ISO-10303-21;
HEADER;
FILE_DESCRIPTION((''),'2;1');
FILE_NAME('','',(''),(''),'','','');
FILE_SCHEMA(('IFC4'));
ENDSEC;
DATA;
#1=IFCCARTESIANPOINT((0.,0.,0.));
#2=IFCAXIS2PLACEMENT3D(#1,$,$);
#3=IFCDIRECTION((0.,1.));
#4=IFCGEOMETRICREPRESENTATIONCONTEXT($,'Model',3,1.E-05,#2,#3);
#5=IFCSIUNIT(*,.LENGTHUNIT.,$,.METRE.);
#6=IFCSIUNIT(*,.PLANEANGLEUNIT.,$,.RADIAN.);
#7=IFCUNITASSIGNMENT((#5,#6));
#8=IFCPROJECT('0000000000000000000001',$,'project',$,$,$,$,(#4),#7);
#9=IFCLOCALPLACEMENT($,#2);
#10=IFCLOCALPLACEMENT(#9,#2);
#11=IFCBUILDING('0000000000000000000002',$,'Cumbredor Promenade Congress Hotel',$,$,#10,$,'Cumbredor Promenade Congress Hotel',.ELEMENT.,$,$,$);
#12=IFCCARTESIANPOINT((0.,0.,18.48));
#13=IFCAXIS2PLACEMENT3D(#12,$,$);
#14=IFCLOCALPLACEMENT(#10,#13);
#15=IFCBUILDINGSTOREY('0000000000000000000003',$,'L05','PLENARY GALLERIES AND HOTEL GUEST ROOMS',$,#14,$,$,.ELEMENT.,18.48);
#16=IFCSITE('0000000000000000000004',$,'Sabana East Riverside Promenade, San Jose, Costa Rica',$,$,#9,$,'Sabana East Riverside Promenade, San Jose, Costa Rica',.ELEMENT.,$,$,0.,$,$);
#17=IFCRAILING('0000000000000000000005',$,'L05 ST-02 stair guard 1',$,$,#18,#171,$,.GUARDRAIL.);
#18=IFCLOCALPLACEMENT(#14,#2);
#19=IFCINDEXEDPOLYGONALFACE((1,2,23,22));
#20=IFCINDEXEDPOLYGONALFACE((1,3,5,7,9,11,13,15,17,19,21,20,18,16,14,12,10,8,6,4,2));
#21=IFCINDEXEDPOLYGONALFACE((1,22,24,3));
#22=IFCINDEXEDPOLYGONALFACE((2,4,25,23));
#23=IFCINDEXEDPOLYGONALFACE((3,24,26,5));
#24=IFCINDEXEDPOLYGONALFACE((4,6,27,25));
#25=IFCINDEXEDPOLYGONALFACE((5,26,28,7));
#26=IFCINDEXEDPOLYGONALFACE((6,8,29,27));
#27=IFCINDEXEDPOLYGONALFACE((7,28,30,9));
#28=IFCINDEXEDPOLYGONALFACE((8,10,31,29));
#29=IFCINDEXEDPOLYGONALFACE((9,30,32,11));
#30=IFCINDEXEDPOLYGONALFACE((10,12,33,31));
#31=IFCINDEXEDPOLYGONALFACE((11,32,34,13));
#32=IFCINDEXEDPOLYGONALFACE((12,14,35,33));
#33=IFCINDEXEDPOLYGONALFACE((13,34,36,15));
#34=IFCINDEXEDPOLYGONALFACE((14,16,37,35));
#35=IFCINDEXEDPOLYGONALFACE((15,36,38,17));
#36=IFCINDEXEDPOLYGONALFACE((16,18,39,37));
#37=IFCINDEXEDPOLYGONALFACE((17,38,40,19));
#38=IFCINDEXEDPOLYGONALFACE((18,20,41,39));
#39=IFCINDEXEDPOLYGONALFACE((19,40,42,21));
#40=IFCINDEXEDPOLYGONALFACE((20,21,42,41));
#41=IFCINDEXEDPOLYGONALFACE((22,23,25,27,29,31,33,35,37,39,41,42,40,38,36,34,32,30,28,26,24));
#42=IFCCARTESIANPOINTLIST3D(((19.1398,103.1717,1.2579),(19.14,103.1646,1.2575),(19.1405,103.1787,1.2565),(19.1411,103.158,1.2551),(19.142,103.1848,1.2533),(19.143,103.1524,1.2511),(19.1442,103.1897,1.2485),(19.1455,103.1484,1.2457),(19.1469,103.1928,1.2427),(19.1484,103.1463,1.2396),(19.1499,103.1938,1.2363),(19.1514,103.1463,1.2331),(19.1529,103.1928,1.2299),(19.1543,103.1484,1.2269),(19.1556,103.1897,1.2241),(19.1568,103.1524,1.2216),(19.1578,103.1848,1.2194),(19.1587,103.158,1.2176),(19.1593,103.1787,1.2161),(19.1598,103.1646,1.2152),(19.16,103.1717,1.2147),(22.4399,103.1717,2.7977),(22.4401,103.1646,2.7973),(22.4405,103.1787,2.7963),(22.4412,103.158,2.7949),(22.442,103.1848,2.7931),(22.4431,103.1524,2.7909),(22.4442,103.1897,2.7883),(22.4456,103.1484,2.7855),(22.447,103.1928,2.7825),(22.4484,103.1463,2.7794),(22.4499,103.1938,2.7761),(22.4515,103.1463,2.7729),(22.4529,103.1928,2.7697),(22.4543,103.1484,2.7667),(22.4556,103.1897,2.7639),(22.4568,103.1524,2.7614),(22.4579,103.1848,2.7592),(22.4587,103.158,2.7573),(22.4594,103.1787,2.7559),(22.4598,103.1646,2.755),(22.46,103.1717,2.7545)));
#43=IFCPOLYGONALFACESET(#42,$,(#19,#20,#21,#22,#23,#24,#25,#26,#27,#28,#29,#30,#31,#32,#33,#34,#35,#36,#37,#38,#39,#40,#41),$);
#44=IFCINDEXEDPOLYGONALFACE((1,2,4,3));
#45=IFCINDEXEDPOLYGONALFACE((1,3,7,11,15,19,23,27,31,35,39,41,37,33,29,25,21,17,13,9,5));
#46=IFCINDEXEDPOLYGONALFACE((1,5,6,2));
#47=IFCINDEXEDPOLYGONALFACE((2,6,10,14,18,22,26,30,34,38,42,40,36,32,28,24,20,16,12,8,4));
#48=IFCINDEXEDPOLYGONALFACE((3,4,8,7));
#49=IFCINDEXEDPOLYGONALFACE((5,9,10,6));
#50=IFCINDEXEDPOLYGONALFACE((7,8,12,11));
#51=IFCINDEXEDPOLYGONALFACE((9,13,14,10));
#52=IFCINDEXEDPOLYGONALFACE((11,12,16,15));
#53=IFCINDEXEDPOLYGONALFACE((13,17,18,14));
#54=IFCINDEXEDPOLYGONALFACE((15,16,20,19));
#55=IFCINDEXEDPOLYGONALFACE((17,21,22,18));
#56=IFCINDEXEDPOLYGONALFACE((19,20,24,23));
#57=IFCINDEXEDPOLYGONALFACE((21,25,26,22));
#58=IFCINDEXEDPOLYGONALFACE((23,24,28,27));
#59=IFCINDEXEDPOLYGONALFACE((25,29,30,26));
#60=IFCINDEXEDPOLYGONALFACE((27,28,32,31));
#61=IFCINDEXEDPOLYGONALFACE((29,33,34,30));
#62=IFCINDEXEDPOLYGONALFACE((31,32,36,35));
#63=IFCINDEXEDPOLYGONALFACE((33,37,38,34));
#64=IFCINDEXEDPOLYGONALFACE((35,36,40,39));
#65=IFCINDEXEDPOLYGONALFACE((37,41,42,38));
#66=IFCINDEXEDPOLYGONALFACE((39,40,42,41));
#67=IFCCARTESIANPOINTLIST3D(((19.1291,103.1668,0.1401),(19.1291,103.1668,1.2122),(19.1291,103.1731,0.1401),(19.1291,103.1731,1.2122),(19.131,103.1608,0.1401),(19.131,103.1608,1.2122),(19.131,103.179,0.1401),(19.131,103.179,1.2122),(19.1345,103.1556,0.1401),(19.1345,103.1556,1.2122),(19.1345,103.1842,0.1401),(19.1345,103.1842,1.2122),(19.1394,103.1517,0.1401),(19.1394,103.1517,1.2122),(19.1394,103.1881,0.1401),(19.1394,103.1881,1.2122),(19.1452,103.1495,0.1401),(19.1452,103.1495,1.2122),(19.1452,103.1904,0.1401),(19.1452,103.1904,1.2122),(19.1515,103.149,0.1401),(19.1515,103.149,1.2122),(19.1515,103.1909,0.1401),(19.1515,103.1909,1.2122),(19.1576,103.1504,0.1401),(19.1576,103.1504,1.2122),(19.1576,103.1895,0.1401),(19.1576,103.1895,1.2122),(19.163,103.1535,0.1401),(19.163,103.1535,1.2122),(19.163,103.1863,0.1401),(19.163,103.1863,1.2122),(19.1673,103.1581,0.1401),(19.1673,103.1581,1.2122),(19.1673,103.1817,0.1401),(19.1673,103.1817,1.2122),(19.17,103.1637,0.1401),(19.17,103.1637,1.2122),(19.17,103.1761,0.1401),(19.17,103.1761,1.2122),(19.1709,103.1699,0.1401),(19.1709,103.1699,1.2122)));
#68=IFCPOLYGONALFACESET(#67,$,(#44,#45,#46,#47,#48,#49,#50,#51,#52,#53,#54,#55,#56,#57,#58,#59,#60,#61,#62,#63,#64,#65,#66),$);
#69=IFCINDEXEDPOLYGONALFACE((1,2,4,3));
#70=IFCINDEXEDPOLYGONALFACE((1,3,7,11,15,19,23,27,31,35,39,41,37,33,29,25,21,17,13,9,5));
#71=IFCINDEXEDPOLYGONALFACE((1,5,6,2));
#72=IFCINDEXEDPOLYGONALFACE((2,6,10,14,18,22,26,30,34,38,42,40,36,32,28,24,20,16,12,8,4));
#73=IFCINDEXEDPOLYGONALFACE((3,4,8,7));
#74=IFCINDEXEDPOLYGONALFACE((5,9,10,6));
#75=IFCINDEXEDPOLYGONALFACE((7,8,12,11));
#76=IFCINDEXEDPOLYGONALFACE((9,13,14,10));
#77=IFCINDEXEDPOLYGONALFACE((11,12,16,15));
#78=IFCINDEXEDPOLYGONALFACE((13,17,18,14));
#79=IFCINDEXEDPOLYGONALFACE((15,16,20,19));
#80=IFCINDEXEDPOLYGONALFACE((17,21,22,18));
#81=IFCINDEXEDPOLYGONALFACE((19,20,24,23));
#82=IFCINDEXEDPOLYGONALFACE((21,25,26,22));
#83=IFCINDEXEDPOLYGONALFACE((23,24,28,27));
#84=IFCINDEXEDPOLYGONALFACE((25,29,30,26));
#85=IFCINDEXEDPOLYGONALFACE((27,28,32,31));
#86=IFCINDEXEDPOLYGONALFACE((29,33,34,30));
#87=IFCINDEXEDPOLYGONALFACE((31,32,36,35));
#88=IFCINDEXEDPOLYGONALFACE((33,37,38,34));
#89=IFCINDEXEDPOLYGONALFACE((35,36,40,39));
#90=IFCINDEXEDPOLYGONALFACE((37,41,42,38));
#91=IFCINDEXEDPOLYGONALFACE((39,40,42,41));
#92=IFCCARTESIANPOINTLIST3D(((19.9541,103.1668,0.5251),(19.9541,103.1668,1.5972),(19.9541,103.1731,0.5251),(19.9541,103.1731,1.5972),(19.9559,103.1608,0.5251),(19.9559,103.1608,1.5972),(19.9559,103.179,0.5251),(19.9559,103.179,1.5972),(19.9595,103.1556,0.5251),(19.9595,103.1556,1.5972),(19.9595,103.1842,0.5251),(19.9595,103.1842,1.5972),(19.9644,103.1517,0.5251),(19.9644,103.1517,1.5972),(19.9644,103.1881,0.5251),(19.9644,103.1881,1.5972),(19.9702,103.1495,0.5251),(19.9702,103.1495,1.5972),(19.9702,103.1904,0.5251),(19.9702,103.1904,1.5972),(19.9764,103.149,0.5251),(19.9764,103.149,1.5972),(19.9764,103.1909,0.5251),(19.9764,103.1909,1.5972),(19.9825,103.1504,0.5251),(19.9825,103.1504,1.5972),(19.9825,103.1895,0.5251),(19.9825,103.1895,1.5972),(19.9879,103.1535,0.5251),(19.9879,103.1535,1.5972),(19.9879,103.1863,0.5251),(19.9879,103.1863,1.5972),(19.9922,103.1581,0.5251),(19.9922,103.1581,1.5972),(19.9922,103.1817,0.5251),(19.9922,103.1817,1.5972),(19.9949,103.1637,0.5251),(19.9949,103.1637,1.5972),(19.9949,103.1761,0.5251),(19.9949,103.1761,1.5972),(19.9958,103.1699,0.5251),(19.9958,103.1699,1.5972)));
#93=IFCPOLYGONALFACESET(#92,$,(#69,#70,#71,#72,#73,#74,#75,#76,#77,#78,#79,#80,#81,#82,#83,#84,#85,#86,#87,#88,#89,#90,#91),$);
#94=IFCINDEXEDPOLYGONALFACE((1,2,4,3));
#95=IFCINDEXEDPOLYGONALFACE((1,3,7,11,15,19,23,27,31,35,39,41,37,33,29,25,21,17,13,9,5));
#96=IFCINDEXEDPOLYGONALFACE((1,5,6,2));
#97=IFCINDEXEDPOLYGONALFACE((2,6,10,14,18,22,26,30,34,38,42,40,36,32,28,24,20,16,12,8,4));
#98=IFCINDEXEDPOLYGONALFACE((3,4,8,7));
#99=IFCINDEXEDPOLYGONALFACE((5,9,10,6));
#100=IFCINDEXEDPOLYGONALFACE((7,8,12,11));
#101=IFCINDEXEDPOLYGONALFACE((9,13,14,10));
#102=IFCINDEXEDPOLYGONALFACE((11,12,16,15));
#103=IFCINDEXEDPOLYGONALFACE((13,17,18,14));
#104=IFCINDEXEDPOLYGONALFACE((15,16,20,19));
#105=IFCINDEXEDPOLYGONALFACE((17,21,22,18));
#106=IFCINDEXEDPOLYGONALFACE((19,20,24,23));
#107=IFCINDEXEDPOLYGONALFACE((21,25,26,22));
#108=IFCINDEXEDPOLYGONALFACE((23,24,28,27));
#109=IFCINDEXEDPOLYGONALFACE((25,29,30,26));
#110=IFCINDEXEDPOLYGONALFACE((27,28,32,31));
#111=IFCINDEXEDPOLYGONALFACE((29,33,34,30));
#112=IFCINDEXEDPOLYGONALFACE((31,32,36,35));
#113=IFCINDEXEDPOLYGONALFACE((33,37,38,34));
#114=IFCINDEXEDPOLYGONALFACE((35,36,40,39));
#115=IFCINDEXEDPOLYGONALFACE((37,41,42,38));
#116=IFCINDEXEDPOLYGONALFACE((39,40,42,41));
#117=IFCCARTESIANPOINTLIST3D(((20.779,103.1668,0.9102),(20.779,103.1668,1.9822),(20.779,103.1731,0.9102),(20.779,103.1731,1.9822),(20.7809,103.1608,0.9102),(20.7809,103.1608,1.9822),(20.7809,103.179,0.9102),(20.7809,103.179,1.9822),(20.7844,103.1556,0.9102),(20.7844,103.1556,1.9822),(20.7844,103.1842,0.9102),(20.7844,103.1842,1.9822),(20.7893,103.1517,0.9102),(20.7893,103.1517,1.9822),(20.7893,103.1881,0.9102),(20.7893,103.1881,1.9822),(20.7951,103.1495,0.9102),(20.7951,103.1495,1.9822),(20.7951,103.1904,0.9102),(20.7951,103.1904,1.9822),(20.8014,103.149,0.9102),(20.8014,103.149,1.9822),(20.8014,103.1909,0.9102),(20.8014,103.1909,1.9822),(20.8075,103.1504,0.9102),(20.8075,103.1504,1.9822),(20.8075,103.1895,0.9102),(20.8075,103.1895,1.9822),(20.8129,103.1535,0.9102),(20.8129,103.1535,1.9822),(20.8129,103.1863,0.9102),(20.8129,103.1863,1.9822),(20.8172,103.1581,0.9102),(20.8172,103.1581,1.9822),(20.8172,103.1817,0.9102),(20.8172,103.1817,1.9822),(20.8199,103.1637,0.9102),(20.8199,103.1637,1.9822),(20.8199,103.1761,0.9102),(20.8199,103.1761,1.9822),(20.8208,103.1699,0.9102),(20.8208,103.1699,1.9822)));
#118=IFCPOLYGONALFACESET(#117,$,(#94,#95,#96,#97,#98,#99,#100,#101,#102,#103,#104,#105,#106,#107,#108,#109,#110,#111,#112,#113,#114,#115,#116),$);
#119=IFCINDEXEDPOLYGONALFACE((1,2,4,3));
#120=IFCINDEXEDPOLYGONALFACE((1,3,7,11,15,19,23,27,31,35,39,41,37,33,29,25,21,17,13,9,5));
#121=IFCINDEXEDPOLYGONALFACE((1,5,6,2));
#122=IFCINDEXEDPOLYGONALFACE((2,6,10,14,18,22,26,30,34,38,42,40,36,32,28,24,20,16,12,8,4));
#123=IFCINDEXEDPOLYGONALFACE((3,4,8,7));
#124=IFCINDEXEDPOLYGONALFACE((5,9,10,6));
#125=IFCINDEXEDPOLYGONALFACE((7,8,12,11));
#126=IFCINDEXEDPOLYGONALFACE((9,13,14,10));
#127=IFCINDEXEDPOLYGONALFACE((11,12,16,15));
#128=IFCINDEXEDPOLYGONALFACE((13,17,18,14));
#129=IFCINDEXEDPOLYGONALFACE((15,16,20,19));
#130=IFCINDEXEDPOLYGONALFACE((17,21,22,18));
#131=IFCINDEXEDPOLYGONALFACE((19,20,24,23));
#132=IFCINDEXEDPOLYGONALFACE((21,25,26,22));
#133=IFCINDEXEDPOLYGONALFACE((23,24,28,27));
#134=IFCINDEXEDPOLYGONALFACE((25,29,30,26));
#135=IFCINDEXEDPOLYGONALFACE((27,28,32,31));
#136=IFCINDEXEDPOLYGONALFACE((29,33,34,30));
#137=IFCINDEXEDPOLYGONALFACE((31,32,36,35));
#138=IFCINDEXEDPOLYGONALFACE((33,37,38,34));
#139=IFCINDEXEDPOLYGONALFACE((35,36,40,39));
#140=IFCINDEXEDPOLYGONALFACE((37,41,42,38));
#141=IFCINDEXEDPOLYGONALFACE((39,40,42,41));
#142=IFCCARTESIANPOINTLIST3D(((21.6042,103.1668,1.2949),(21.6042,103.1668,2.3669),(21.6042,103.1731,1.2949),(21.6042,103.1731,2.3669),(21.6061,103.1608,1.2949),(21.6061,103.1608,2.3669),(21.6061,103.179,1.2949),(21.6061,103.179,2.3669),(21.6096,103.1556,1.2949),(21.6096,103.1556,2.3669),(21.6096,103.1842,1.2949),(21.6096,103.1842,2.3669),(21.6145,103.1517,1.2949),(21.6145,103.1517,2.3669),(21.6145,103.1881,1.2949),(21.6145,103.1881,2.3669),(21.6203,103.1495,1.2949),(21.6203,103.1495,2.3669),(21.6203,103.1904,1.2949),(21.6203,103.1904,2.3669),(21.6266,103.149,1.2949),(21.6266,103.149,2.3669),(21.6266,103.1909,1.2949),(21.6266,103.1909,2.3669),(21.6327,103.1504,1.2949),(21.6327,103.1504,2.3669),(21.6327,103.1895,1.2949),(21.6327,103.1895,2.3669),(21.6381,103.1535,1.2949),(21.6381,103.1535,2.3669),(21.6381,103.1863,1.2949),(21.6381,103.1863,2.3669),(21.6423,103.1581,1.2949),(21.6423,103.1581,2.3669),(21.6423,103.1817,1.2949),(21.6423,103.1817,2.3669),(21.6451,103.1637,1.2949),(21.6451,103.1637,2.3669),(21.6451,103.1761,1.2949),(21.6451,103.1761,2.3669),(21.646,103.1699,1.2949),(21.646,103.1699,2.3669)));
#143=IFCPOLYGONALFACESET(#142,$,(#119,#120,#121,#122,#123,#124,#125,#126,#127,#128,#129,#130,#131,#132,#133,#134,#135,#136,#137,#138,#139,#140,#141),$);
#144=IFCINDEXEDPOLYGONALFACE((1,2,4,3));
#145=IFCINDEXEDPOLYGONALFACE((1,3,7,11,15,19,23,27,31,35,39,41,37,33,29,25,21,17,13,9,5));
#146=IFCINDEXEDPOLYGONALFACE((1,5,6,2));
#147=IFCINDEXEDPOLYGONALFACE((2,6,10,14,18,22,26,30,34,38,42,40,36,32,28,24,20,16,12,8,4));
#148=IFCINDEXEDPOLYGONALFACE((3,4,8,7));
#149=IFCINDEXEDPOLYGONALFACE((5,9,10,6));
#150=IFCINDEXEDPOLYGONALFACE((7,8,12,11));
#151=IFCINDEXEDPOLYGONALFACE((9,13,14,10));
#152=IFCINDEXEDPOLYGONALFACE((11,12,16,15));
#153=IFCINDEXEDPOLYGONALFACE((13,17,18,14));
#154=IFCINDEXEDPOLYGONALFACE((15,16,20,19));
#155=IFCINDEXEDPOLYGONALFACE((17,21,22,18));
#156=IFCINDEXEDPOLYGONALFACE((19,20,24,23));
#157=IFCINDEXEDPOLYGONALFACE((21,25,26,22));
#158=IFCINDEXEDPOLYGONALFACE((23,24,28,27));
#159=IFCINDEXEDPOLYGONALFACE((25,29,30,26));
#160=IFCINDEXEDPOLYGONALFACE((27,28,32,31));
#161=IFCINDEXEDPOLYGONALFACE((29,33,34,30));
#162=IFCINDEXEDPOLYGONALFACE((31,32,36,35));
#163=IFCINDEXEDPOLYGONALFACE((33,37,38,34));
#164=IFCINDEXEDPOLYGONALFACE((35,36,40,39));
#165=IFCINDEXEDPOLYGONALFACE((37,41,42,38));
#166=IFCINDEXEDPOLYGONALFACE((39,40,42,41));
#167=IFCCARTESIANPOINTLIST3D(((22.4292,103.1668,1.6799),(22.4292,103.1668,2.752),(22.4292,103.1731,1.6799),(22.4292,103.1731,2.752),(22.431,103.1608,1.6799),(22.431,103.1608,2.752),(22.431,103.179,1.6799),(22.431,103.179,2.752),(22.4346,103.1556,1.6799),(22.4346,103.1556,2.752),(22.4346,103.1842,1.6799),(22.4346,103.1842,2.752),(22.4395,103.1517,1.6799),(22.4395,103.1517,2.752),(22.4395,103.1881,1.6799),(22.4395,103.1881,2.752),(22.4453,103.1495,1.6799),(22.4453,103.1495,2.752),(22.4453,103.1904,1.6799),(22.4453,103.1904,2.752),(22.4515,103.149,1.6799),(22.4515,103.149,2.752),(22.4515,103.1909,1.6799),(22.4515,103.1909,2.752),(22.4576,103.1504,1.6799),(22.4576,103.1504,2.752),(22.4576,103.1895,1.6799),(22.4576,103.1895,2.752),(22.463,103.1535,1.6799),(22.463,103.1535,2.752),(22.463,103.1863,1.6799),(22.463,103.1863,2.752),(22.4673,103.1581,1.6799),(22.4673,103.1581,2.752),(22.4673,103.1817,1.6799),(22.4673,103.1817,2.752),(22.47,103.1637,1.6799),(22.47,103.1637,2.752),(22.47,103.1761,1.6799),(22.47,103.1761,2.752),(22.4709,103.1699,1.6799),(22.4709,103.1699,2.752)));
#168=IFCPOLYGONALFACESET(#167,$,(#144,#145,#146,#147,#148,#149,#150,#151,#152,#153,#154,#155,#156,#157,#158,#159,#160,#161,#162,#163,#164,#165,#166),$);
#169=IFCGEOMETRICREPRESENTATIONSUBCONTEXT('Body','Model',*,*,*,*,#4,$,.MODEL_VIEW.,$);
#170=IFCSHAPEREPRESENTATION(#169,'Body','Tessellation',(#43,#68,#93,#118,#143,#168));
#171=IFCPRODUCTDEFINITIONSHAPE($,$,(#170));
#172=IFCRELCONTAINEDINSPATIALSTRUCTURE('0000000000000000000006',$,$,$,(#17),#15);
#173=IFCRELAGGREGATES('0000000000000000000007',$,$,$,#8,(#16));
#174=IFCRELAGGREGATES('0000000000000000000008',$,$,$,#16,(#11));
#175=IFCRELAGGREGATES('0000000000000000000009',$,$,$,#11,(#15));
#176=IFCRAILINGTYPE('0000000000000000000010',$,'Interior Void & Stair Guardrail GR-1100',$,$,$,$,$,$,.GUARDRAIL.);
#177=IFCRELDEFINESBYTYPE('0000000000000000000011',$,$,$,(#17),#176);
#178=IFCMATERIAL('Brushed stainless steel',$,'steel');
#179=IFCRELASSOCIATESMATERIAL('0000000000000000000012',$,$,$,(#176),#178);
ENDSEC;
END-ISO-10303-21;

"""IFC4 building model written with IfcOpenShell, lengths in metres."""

from ifc_helpers import new_model, si_unit, direction, frame, origin, origin_2d, place, context, subcontext, project, spatial, circle, extrude, material, type_object, element, save


model = new_model("IFC4")

# Units and contexts
model_context = context("Model", 3, precision=1e-05, world=origin(), true_north=direction((0.0, 1.0)))
body_context = subcontext(model_context, "Body", "Model", "MODEL_VIEW")
ifc_project = project(units=[si_unit("LENGTHUNIT", "METRE"), si_unit("PLANEANGLEUNIT", "RADIAN")], contexts=[model_context])

# Site, building, storey
site_placement = place(None, origin())
site = spatial("IfcSite", under=ifc_project, at=site_placement, Name="Sabana East Riverside Promenade, San Jose, Costa Rica", LongName="Sabana East Riverside Promenade, San Jose, Costa Rica", CompositionType="ELEMENT", RefElevation=0.0)
building_placement = place(site_placement, origin())
building = spatial("IfcBuilding", under=site, at=building_placement, Name="Cumbredor Promenade Congress Hotel", LongName="Cumbredor Promenade Congress Hotel", CompositionType="ELEMENT")
storey_placement = place(building_placement, frame((0.0, 0.0, 18.48)))
storey = spatial("IfcBuildingStorey", under=building, at=storey_placement, Name="L05", Description="PLENARY GALLERIES AND HOTEL GUEST ROOMS", CompositionType="ELEMENT", Elevation=18.48)

# Railing
ifc_material_1 = material(Name="Brushed stainless steel", Category="steel")
railing_type_1 = type_object("IfcRailingType", Name="Interior Void & Stair Guardrail GR-1100", PredefinedType="GUARDRAIL", material=ifc_material_1)
railing_1_placement = place(storey_placement, frame((19.1499, 103.1699, 0.1401)))
element("IfcRailing", 1, at=railing_1_placement, inside=storey, type_object=railing_type_1, Name="L05 ST-02 stair guard 1", PredefinedType="GUARDRAIL", context=body_context, shape_type="SweptSolid", body=[
    extrude(circle(Radius=0.0239, at=origin_2d()), frame((0.0, 0.0, 1.0962), z_axis=(0.906207, 0.0, 0.422834), x_axis=(0.0, 1.0, 0.0)), (0.0, 0.0, 1.0), 3.6416),
    extrude(circle(Radius=0.021, at=origin_2d()), origin(), (0.0, 0.0, 1.0), 1.072),
    extrude(circle(Radius=0.021, at=origin_2d()), frame((0.825, 0.0, 0.385)), (0.0, 0.0, 1.0), 1.072),
    extrude(circle(Radius=0.021, at=origin_2d()), frame((1.6499, 0.0, 0.77)), (0.0, 0.0, 1.0), 1.072),
    extrude(circle(Radius=0.021, at=origin_2d()), frame((2.4751, 0.0, 1.1548)), (0.0, 0.0, 1.0), 1.072),
    extrude(circle(Radius=0.021, at=origin_2d()), frame((3.3, 0.0, 1.5398)), (0.0, 0.0, 1.0), 1.072),
])

save(model, "model.ifc")
